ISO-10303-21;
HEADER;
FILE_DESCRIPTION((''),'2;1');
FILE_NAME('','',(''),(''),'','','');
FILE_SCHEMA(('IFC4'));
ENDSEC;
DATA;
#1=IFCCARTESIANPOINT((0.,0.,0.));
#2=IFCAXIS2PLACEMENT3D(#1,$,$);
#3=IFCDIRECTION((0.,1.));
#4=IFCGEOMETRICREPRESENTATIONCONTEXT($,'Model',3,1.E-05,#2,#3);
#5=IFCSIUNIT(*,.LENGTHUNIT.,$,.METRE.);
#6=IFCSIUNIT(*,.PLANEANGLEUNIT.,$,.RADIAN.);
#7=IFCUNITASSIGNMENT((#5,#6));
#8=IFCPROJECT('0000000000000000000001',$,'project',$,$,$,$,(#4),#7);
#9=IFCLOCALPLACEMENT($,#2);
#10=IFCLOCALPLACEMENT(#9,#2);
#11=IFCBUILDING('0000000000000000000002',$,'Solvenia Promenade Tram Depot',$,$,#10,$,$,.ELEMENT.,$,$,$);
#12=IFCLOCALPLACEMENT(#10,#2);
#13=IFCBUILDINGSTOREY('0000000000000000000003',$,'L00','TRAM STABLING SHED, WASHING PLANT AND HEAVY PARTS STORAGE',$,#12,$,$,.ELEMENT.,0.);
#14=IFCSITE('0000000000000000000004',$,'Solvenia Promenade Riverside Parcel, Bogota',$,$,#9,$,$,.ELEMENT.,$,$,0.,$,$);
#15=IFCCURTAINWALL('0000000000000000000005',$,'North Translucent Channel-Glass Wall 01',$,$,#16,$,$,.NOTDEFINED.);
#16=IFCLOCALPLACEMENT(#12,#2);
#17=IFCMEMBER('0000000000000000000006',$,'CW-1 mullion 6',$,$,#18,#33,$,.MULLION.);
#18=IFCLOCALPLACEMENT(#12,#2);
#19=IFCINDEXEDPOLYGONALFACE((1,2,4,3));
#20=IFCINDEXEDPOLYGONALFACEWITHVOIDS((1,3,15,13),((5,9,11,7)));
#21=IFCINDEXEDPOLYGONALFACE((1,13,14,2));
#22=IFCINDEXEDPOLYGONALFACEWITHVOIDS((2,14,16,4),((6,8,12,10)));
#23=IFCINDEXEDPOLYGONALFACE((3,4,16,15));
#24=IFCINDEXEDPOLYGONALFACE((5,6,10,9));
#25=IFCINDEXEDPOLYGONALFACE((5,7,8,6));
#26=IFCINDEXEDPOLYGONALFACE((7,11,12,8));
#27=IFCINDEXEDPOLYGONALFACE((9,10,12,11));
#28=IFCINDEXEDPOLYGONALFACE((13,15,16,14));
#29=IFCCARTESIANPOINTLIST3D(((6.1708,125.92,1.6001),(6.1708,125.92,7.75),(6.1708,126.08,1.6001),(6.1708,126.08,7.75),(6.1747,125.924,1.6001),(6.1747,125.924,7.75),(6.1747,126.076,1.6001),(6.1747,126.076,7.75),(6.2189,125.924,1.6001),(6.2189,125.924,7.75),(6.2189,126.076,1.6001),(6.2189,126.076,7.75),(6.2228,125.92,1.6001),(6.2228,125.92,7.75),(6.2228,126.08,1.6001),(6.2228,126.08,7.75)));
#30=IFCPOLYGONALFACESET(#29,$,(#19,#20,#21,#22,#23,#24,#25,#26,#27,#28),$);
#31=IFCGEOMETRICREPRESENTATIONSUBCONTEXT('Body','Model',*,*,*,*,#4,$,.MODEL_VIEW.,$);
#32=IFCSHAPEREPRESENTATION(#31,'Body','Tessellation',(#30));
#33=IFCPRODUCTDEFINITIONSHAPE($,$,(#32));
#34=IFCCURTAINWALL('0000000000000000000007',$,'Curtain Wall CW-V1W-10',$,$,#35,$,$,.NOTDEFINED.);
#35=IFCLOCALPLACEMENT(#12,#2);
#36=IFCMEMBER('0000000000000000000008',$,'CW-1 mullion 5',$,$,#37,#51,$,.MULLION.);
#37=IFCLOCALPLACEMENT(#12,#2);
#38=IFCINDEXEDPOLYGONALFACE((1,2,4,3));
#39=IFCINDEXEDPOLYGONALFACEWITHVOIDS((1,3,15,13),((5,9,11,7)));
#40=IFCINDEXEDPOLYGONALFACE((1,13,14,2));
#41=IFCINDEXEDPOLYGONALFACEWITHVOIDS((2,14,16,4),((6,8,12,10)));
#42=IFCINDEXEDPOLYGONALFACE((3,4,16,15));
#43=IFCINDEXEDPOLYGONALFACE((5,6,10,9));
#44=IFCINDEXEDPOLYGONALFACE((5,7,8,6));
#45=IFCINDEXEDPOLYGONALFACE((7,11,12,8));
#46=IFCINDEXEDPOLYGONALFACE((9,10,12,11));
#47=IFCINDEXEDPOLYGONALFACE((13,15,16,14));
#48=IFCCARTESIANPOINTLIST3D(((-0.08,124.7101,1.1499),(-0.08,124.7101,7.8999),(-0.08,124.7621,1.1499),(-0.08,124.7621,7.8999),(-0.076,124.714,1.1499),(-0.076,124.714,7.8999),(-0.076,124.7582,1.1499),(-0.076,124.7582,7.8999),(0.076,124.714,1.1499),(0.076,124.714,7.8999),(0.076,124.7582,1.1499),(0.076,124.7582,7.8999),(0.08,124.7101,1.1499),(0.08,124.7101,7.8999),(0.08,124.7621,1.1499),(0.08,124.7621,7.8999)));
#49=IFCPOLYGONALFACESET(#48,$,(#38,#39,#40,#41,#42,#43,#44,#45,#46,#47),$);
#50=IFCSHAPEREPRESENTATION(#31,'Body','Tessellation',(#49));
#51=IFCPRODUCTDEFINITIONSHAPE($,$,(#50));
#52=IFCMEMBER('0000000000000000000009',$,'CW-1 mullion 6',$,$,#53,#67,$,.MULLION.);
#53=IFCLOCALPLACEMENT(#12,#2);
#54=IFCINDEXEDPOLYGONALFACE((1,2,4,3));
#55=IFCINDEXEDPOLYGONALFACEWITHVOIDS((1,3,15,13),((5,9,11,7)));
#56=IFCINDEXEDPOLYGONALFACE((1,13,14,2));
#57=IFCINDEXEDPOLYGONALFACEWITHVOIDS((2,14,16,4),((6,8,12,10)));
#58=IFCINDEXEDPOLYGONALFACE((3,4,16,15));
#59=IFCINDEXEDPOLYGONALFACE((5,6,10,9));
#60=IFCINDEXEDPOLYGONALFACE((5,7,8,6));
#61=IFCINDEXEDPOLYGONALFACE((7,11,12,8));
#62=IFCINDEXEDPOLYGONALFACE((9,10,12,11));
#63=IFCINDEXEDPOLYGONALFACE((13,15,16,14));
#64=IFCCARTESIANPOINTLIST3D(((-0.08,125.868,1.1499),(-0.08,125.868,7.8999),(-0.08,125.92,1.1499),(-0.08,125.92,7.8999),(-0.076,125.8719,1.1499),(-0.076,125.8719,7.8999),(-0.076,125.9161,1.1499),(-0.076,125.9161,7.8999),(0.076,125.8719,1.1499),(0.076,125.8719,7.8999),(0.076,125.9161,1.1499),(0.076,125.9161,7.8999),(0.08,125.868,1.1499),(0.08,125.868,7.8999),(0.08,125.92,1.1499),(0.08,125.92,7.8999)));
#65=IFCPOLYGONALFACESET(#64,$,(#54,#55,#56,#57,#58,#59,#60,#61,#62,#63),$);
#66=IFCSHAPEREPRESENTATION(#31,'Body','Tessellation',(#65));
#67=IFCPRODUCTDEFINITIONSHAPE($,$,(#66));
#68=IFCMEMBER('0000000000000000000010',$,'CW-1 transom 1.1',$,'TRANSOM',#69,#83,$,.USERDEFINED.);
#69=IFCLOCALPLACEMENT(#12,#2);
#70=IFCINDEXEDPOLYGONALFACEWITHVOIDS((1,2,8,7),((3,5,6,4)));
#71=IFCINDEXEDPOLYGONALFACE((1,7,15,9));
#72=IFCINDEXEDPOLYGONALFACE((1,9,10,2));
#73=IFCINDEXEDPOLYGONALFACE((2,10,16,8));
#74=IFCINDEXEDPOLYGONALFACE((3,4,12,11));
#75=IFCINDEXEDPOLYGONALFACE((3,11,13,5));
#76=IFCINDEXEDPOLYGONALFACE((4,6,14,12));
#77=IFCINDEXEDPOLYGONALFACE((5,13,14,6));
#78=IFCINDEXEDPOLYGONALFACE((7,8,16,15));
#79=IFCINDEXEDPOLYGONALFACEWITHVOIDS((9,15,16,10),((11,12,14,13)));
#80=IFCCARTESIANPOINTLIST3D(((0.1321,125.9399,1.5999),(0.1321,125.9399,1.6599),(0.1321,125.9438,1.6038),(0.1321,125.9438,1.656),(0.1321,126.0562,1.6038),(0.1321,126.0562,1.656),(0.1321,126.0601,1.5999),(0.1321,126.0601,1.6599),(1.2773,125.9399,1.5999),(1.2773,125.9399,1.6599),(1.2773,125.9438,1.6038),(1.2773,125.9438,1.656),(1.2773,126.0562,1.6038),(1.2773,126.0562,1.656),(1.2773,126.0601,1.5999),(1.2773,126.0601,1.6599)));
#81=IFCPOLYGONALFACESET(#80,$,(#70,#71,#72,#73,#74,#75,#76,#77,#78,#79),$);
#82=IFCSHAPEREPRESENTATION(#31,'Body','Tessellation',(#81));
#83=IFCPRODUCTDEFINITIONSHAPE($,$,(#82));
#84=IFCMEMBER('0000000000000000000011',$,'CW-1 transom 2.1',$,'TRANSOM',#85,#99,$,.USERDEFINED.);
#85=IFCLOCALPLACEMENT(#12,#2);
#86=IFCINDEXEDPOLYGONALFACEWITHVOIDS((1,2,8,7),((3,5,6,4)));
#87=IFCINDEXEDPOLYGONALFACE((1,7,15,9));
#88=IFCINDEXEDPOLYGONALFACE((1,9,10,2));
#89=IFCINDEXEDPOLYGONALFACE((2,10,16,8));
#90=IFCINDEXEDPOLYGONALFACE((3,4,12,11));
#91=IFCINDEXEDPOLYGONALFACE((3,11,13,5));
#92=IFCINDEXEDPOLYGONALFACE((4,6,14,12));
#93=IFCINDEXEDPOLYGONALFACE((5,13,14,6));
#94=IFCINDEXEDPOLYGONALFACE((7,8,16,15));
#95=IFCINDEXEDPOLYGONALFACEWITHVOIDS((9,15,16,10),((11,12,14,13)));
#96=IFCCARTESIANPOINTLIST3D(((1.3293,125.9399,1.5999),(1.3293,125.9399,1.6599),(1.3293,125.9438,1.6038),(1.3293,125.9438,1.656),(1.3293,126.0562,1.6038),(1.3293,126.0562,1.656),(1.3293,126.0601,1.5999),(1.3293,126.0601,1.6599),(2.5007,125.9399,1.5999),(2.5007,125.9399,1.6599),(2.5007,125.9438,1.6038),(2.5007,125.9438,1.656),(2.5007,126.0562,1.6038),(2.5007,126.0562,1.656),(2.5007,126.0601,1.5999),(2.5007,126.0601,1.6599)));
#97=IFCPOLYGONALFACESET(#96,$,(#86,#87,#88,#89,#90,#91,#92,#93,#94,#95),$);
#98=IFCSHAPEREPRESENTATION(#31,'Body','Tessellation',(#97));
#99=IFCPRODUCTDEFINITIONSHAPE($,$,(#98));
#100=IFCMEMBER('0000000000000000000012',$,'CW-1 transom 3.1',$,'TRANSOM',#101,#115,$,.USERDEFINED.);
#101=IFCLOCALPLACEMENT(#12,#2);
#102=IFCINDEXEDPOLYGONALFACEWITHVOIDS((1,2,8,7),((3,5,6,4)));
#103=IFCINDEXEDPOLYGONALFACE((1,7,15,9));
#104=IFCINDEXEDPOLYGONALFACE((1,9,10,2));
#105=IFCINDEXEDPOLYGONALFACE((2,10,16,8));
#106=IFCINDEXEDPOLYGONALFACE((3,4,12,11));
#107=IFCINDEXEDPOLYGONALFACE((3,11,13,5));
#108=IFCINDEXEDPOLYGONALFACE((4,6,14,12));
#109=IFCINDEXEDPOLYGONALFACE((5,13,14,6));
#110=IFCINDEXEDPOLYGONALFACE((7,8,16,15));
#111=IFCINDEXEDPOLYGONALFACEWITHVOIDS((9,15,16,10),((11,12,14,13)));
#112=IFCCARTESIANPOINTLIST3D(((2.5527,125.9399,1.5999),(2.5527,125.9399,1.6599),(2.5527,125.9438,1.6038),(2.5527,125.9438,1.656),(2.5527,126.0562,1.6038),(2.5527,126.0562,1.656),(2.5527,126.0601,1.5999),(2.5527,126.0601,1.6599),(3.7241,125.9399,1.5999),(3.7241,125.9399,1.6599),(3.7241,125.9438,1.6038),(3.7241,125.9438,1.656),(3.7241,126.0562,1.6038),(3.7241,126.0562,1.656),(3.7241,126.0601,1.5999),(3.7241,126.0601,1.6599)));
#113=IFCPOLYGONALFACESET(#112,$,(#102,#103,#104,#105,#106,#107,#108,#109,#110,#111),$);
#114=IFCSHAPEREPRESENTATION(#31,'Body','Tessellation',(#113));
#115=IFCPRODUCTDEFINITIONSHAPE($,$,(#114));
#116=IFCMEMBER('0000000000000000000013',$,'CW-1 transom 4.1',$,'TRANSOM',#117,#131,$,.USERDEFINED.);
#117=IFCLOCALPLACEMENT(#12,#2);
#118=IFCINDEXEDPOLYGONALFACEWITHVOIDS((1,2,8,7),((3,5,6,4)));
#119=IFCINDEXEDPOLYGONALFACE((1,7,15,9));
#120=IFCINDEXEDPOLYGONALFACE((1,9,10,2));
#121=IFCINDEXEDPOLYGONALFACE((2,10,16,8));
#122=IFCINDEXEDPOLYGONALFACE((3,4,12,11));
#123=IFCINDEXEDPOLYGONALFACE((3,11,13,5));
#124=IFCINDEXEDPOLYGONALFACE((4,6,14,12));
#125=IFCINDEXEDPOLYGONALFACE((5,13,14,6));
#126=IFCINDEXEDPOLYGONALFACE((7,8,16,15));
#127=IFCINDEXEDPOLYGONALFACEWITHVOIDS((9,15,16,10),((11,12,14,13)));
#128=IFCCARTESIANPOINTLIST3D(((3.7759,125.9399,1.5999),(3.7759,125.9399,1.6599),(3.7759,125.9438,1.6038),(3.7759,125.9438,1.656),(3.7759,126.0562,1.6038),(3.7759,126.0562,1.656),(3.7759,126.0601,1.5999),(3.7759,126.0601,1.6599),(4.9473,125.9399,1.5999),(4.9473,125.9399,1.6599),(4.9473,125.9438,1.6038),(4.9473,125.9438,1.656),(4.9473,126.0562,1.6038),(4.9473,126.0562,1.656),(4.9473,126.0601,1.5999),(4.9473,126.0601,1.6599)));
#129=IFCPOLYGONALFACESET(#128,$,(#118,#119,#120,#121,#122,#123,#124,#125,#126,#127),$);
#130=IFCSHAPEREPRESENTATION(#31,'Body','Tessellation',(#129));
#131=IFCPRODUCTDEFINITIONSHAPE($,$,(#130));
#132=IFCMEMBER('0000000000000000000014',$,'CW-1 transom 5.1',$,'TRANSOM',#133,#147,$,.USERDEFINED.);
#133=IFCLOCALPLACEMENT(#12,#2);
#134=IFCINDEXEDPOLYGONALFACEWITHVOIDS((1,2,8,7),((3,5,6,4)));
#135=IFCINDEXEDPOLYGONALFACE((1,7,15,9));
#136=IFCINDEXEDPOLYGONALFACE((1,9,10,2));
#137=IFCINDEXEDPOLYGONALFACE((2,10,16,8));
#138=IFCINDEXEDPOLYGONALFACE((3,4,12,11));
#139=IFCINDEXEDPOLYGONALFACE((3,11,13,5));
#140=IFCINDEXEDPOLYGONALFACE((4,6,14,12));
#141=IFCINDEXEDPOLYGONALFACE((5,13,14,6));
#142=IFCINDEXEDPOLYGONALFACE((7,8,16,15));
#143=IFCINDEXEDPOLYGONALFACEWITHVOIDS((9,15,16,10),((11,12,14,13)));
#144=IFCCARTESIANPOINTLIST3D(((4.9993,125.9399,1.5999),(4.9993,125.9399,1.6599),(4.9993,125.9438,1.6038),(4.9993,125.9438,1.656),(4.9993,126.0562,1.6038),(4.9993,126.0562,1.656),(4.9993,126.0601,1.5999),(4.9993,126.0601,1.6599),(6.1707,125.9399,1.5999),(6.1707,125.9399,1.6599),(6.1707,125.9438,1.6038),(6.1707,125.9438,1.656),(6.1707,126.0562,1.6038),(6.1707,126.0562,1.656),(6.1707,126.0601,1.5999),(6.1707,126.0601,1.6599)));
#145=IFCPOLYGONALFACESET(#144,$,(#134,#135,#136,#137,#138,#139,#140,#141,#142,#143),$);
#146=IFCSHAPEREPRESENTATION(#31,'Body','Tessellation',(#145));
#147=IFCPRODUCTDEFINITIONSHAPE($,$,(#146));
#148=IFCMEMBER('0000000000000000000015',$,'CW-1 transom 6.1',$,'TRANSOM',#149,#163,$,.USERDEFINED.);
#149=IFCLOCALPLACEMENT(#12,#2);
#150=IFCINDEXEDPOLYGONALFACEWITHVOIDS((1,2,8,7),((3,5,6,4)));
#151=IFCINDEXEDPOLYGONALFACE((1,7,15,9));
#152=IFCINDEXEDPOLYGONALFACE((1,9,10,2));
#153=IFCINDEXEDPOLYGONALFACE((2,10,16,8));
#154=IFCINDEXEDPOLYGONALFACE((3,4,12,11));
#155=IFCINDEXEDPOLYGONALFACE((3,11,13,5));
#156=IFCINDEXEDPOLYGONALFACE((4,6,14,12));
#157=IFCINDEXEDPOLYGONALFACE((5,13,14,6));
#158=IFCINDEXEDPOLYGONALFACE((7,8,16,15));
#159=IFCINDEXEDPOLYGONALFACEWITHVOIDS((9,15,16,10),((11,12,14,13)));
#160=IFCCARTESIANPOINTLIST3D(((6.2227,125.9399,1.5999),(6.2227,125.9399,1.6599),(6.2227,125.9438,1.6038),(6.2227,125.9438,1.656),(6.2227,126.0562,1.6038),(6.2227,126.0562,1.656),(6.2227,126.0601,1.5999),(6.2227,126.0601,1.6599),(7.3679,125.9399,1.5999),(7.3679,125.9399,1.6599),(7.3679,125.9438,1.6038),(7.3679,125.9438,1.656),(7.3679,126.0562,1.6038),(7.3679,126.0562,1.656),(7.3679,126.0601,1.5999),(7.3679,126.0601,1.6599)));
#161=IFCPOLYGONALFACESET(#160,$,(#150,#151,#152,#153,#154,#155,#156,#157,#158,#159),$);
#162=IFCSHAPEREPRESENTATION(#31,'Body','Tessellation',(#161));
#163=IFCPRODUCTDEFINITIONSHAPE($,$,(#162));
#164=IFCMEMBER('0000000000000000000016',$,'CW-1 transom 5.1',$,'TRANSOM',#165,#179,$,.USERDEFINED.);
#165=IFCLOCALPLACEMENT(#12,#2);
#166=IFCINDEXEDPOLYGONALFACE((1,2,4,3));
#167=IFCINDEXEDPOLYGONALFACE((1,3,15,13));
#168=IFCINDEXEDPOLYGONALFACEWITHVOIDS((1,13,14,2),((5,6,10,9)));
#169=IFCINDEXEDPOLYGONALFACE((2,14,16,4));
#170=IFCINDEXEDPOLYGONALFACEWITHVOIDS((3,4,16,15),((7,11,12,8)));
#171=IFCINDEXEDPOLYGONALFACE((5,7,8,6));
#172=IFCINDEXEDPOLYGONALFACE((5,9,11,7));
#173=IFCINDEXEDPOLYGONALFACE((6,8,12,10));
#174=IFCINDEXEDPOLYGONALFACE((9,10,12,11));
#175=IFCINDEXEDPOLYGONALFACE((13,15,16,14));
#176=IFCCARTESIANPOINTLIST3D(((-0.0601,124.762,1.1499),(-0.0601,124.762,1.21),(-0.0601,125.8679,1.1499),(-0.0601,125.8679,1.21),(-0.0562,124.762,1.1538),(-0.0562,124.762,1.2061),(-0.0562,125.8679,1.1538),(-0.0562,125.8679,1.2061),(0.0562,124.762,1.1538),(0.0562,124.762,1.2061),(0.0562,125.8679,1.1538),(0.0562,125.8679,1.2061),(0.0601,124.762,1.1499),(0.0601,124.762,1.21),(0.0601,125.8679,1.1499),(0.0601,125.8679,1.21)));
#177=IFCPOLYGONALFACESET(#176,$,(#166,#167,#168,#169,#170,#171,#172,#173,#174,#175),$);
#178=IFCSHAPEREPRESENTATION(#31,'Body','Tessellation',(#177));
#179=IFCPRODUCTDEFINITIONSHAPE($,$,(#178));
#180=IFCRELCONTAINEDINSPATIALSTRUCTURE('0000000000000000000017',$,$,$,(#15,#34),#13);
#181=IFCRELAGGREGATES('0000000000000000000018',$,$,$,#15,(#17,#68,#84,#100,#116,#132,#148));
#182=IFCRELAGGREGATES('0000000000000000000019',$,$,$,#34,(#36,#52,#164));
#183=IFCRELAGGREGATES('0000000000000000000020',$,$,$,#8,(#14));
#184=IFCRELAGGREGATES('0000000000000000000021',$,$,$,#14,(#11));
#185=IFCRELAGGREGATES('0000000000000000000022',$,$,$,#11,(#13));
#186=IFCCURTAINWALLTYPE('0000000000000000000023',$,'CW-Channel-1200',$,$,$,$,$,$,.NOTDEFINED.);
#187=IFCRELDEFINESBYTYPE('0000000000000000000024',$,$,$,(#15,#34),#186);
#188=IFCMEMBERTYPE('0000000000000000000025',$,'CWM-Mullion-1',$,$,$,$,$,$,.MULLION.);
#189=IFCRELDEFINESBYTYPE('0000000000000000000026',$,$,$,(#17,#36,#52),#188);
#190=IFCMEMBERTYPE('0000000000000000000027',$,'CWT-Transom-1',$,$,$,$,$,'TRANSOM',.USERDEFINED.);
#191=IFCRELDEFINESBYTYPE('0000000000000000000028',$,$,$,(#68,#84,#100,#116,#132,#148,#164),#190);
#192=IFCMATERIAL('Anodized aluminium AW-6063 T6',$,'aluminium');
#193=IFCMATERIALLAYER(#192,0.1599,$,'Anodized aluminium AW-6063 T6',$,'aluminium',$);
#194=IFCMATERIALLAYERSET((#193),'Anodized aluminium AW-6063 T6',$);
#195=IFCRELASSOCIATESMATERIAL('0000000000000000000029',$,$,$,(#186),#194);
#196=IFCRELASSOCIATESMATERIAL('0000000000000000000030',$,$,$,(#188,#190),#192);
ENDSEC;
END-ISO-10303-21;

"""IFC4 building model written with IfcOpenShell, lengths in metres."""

from ifc_helpers import new_model, si_unit, direction, frame, origin, origin_2d, place, context, subcontext, project, spatial, hollow_rectangle, extrude, material, layer, layer_set, material_profile, profile_set, type_object, element, aggregate, save


model = new_model("IFC4")

# Units and contexts
model_context = context("Model", 3, precision=1e-05, world=origin(), true_north=direction((0.0, 1.0)))
body_context = subcontext(model_context, "Body", "Model", "MODEL_VIEW")
ifc_project = project(units=[si_unit("LENGTHUNIT", "METRE"), si_unit("PLANEANGLEUNIT", "RADIAN")], contexts=[model_context])

# Site, building, storey
site_placement = place(None, origin())
site = spatial("IfcSite", under=ifc_project, at=site_placement, Name="Solvenia Promenade Riverside Parcel, Bogota", CompositionType="ELEMENT", RefElevation=0.0)
building_placement = place(site_placement, origin())
building = spatial("IfcBuilding", under=site, at=building_placement, Name="Solvenia Promenade Tram Depot", CompositionType="ELEMENT")
storey_placement = place(building_placement, origin())
storey = spatial("IfcBuildingStorey", under=building, at=storey_placement, Name="L00", Description="TRAM STABLING SHED, WASHING PLANT AND HEAVY PARTS STORAGE", CompositionType="ELEMENT", Elevation=0.0)

# Curtain walls, members
ifc_material_1 = material(Name="Anodized aluminium AW-6063 T6", Category="aluminium")
ifc_layer_1 = layer(ifc_material_1, 0.1599, Name="Anodized aluminium AW-6063 T6", Category="aluminium")
ifc_layer_set_1 = layer_set([ifc_layer_1], Name="Anodized aluminium AW-6063 T6")
curtain_wall_type = type_object("IfcCurtainWallType", Name="CW-Channel-1200", PredefinedType="NOTDEFINED", material=ifc_layer_set_1)
curtain_wall_1_placement = place(storey_placement, origin())
curtain_wall_1 = element("IfcCurtainWall", 1, at=curtain_wall_1_placement, inside=storey, type_object=curtain_wall_type, Name="North Translucent Channel-Glass Wall 01", PredefinedType="NOTDEFINED")
ifc_material_profile_1 = material_profile(ifc_material_1, hollow_rectangle(XDim=0.1599, YDim=0.052, WallThickness=0.0039, at=origin_2d()), Name="ALU-M1", Category="aluminium")
ifc_profile_set_1 = profile_set([ifc_material_profile_1], Name="Anodized aluminium AW-6063 T6")
member_type_1 = type_object("IfcMemberType", Name="CWM-Mullion-1", PredefinedType="MULLION", material=ifc_profile_set_1)
member_1_placement = place(storey_placement, frame((6.1968, 126.0, 1.6001), z_axis=(0.0, 0.0, 1.0), x_axis=(0.0, 1.0, 0.0)))
member_1 = element("IfcMember", 2, at=member_1_placement, type_object=member_type_1, Name="CW-1 mullion 6", PredefinedType="MULLION", context=body_context, shape_type="SweptSolid", body=[
    extrude(hollow_rectangle(XDim=0.1599, YDim=0.052, WallThickness=0.0039, at=origin_2d()), origin(), (0.0, 0.0, 1.0), 6.1499),
])
curtain_wall_2_placement = place(storey_placement, origin())
curtain_wall_2 = element("IfcCurtainWall", 3, at=curtain_wall_2_placement, inside=storey, type_object=curtain_wall_type, Name="Curtain Wall CW-V1W-10", PredefinedType="NOTDEFINED")
member_2_placement = place(storey_placement, frame((0.0, 124.7361, 1.1499), z_axis=(0.0, 0.0, 1.0), x_axis=(-1.0, 0.0, 0.0)))
member_2 = element("IfcMember", 4, at=member_2_placement, type_object=member_type_1, Name="CW-1 mullion 5", PredefinedType="MULLION", context=body_context, shape_type="SweptSolid", body=[
    extrude(hollow_rectangle(XDim=0.1599, YDim=0.052, WallThickness=0.0039, at=origin_2d()), origin(), (0.0, 0.0, 1.0), 6.75),
])
member_3_placement = place(storey_placement, frame((0.0, 125.894, 1.1499), z_axis=(0.0, 0.0, 1.0), x_axis=(-1.0, 0.0, 0.0)))
member_3 = element("IfcMember", 5, at=member_3_placement, type_object=member_type_1, Name="CW-1 mullion 6", PredefinedType="MULLION", context=body_context, shape_type="SweptSolid", body=[
    extrude(hollow_rectangle(XDim=0.1599, YDim=0.052, WallThickness=0.0039, at=origin_2d()), origin(), (0.0, 0.0, 1.0), 6.75),
])

# Members
ifc_material_profile_2 = material_profile(ifc_material_1, hollow_rectangle(XDim=0.1201, YDim=0.0601, WallThickness=0.0039, at=origin_2d()), Name="ALU-T1", Category="aluminium")
ifc_profile_set_2 = profile_set([ifc_material_profile_2], Name="Anodized aluminium AW-6063 T6")
member_type_2 = type_object("IfcMemberType", Name="CWT-Transom-1", ElementType="TRANSOM", PredefinedType="USERDEFINED", material=ifc_profile_set_2)
member_4_placement = place(storey_placement, frame((0.1321, 126.0, 1.6299), z_axis=(1.0, 0.0, 0.0), x_axis=(0.0, 1.0, 0.0)))
member_4 = element("IfcMember", 6, at=member_4_placement, type_object=member_type_2, Name="CW-1 transom 1.1", ObjectType="TRANSOM", PredefinedType="USERDEFINED", context=body_context, shape_type="SweptSolid", body=[
    extrude(hollow_rectangle(XDim=0.1201, YDim=0.0601, WallThickness=0.0039, at=origin_2d()), origin(), (0.0, 0.0, 1.0), 1.1453),
])
member_5_placement = place(storey_placement, frame((1.3293, 126.0, 1.6299), z_axis=(1.0, 0.0, 0.0), x_axis=(0.0, 1.0, 0.0)))
member_5 = element("IfcMember", 7, at=member_5_placement, type_object=member_type_2, Name="CW-1 transom 2.1", ObjectType="TRANSOM", PredefinedType="USERDEFINED", context=body_context, shape_type="SweptSolid", body=[
    extrude(hollow_rectangle(XDim=0.1201, YDim=0.0601, WallThickness=0.0039, at=origin_2d()), origin(), (0.0, 0.0, 1.0), 1.1714),
])
member_6_placement = place(storey_placement, frame((2.5527, 126.0, 1.6299), z_axis=(1.0, 0.0, 0.0), x_axis=(0.0, 1.0, 0.0)))
member_6 = element("IfcMember", 8, at=member_6_placement, type_object=member_type_2, Name="CW-1 transom 3.1", ObjectType="TRANSOM", PredefinedType="USERDEFINED", context=body_context, shape_type="SweptSolid", body=[
    extrude(hollow_rectangle(XDim=0.1201, YDim=0.0601, WallThickness=0.0039, at=origin_2d()), origin(), (0.0, 0.0, 1.0), 1.1714),
])
member_7_placement = place(storey_placement, frame((3.7759, 126.0, 1.6299), z_axis=(1.0, 0.0, 0.0), x_axis=(0.0, 1.0, 0.0)))
member_7 = element("IfcMember", 9, at=member_7_placement, type_object=member_type_2, Name="CW-1 transom 4.1", ObjectType="TRANSOM", PredefinedType="USERDEFINED", context=body_context, shape_type="SweptSolid", body=[
    extrude(hollow_rectangle(XDim=0.1201, YDim=0.0601, WallThickness=0.0039, at=origin_2d()), origin(), (0.0, 0.0, 1.0), 1.1714),
])
member_8_placement = place(storey_placement, frame((4.9993, 126.0, 1.6299), z_axis=(1.0, 0.0, 0.0), x_axis=(0.0, 1.0, 0.0)))
member_8 = element("IfcMember", 10, at=member_8_placement, type_object=member_type_2, Name="CW-1 transom 5.1", ObjectType="TRANSOM", PredefinedType="USERDEFINED", context=body_context, shape_type="SweptSolid", body=[
    extrude(hollow_rectangle(XDim=0.1201, YDim=0.0601, WallThickness=0.0039, at=origin_2d()), origin(), (0.0, 0.0, 1.0), 1.1714),
])
member_9_placement = place(storey_placement, frame((6.2227, 126.0, 1.6299), z_axis=(1.0, 0.0, 0.0), x_axis=(0.0, 1.0, 0.0)))
member_9 = element("IfcMember", 11, at=member_9_placement, type_object=member_type_2, Name="CW-1 transom 6.1", ObjectType="TRANSOM", PredefinedType="USERDEFINED", context=body_context, shape_type="SweptSolid", body=[
    extrude(hollow_rectangle(XDim=0.1201, YDim=0.0601, WallThickness=0.0039, at=origin_2d()), origin(), (0.0, 0.0, 1.0), 1.1453),
])
member_10_placement = place(storey_placement, frame((0.0, 124.762, 1.1799), z_axis=(0.0, 1.0, 0.0), x_axis=(-1.0, 0.0, 0.0)))
member_10 = element("IfcMember", 12, at=member_10_placement, type_object=member_type_2, Name="CW-1 transom 5.1", ObjectType="TRANSOM", PredefinedType="USERDEFINED", context=body_context, shape_type="SweptSolid", body=[
    extrude(hollow_rectangle(XDim=0.1201, YDim=0.0601, WallThickness=0.0039, at=origin_2d()), origin(), (0.0, 0.0, 1.0), 1.106),
])

aggregate(curtain_wall_1, [member_1, member_4, member_5, member_6, member_7, member_8, member_9])
aggregate(curtain_wall_2, [member_2, member_3, member_10])

save(model, "model.ifc")
